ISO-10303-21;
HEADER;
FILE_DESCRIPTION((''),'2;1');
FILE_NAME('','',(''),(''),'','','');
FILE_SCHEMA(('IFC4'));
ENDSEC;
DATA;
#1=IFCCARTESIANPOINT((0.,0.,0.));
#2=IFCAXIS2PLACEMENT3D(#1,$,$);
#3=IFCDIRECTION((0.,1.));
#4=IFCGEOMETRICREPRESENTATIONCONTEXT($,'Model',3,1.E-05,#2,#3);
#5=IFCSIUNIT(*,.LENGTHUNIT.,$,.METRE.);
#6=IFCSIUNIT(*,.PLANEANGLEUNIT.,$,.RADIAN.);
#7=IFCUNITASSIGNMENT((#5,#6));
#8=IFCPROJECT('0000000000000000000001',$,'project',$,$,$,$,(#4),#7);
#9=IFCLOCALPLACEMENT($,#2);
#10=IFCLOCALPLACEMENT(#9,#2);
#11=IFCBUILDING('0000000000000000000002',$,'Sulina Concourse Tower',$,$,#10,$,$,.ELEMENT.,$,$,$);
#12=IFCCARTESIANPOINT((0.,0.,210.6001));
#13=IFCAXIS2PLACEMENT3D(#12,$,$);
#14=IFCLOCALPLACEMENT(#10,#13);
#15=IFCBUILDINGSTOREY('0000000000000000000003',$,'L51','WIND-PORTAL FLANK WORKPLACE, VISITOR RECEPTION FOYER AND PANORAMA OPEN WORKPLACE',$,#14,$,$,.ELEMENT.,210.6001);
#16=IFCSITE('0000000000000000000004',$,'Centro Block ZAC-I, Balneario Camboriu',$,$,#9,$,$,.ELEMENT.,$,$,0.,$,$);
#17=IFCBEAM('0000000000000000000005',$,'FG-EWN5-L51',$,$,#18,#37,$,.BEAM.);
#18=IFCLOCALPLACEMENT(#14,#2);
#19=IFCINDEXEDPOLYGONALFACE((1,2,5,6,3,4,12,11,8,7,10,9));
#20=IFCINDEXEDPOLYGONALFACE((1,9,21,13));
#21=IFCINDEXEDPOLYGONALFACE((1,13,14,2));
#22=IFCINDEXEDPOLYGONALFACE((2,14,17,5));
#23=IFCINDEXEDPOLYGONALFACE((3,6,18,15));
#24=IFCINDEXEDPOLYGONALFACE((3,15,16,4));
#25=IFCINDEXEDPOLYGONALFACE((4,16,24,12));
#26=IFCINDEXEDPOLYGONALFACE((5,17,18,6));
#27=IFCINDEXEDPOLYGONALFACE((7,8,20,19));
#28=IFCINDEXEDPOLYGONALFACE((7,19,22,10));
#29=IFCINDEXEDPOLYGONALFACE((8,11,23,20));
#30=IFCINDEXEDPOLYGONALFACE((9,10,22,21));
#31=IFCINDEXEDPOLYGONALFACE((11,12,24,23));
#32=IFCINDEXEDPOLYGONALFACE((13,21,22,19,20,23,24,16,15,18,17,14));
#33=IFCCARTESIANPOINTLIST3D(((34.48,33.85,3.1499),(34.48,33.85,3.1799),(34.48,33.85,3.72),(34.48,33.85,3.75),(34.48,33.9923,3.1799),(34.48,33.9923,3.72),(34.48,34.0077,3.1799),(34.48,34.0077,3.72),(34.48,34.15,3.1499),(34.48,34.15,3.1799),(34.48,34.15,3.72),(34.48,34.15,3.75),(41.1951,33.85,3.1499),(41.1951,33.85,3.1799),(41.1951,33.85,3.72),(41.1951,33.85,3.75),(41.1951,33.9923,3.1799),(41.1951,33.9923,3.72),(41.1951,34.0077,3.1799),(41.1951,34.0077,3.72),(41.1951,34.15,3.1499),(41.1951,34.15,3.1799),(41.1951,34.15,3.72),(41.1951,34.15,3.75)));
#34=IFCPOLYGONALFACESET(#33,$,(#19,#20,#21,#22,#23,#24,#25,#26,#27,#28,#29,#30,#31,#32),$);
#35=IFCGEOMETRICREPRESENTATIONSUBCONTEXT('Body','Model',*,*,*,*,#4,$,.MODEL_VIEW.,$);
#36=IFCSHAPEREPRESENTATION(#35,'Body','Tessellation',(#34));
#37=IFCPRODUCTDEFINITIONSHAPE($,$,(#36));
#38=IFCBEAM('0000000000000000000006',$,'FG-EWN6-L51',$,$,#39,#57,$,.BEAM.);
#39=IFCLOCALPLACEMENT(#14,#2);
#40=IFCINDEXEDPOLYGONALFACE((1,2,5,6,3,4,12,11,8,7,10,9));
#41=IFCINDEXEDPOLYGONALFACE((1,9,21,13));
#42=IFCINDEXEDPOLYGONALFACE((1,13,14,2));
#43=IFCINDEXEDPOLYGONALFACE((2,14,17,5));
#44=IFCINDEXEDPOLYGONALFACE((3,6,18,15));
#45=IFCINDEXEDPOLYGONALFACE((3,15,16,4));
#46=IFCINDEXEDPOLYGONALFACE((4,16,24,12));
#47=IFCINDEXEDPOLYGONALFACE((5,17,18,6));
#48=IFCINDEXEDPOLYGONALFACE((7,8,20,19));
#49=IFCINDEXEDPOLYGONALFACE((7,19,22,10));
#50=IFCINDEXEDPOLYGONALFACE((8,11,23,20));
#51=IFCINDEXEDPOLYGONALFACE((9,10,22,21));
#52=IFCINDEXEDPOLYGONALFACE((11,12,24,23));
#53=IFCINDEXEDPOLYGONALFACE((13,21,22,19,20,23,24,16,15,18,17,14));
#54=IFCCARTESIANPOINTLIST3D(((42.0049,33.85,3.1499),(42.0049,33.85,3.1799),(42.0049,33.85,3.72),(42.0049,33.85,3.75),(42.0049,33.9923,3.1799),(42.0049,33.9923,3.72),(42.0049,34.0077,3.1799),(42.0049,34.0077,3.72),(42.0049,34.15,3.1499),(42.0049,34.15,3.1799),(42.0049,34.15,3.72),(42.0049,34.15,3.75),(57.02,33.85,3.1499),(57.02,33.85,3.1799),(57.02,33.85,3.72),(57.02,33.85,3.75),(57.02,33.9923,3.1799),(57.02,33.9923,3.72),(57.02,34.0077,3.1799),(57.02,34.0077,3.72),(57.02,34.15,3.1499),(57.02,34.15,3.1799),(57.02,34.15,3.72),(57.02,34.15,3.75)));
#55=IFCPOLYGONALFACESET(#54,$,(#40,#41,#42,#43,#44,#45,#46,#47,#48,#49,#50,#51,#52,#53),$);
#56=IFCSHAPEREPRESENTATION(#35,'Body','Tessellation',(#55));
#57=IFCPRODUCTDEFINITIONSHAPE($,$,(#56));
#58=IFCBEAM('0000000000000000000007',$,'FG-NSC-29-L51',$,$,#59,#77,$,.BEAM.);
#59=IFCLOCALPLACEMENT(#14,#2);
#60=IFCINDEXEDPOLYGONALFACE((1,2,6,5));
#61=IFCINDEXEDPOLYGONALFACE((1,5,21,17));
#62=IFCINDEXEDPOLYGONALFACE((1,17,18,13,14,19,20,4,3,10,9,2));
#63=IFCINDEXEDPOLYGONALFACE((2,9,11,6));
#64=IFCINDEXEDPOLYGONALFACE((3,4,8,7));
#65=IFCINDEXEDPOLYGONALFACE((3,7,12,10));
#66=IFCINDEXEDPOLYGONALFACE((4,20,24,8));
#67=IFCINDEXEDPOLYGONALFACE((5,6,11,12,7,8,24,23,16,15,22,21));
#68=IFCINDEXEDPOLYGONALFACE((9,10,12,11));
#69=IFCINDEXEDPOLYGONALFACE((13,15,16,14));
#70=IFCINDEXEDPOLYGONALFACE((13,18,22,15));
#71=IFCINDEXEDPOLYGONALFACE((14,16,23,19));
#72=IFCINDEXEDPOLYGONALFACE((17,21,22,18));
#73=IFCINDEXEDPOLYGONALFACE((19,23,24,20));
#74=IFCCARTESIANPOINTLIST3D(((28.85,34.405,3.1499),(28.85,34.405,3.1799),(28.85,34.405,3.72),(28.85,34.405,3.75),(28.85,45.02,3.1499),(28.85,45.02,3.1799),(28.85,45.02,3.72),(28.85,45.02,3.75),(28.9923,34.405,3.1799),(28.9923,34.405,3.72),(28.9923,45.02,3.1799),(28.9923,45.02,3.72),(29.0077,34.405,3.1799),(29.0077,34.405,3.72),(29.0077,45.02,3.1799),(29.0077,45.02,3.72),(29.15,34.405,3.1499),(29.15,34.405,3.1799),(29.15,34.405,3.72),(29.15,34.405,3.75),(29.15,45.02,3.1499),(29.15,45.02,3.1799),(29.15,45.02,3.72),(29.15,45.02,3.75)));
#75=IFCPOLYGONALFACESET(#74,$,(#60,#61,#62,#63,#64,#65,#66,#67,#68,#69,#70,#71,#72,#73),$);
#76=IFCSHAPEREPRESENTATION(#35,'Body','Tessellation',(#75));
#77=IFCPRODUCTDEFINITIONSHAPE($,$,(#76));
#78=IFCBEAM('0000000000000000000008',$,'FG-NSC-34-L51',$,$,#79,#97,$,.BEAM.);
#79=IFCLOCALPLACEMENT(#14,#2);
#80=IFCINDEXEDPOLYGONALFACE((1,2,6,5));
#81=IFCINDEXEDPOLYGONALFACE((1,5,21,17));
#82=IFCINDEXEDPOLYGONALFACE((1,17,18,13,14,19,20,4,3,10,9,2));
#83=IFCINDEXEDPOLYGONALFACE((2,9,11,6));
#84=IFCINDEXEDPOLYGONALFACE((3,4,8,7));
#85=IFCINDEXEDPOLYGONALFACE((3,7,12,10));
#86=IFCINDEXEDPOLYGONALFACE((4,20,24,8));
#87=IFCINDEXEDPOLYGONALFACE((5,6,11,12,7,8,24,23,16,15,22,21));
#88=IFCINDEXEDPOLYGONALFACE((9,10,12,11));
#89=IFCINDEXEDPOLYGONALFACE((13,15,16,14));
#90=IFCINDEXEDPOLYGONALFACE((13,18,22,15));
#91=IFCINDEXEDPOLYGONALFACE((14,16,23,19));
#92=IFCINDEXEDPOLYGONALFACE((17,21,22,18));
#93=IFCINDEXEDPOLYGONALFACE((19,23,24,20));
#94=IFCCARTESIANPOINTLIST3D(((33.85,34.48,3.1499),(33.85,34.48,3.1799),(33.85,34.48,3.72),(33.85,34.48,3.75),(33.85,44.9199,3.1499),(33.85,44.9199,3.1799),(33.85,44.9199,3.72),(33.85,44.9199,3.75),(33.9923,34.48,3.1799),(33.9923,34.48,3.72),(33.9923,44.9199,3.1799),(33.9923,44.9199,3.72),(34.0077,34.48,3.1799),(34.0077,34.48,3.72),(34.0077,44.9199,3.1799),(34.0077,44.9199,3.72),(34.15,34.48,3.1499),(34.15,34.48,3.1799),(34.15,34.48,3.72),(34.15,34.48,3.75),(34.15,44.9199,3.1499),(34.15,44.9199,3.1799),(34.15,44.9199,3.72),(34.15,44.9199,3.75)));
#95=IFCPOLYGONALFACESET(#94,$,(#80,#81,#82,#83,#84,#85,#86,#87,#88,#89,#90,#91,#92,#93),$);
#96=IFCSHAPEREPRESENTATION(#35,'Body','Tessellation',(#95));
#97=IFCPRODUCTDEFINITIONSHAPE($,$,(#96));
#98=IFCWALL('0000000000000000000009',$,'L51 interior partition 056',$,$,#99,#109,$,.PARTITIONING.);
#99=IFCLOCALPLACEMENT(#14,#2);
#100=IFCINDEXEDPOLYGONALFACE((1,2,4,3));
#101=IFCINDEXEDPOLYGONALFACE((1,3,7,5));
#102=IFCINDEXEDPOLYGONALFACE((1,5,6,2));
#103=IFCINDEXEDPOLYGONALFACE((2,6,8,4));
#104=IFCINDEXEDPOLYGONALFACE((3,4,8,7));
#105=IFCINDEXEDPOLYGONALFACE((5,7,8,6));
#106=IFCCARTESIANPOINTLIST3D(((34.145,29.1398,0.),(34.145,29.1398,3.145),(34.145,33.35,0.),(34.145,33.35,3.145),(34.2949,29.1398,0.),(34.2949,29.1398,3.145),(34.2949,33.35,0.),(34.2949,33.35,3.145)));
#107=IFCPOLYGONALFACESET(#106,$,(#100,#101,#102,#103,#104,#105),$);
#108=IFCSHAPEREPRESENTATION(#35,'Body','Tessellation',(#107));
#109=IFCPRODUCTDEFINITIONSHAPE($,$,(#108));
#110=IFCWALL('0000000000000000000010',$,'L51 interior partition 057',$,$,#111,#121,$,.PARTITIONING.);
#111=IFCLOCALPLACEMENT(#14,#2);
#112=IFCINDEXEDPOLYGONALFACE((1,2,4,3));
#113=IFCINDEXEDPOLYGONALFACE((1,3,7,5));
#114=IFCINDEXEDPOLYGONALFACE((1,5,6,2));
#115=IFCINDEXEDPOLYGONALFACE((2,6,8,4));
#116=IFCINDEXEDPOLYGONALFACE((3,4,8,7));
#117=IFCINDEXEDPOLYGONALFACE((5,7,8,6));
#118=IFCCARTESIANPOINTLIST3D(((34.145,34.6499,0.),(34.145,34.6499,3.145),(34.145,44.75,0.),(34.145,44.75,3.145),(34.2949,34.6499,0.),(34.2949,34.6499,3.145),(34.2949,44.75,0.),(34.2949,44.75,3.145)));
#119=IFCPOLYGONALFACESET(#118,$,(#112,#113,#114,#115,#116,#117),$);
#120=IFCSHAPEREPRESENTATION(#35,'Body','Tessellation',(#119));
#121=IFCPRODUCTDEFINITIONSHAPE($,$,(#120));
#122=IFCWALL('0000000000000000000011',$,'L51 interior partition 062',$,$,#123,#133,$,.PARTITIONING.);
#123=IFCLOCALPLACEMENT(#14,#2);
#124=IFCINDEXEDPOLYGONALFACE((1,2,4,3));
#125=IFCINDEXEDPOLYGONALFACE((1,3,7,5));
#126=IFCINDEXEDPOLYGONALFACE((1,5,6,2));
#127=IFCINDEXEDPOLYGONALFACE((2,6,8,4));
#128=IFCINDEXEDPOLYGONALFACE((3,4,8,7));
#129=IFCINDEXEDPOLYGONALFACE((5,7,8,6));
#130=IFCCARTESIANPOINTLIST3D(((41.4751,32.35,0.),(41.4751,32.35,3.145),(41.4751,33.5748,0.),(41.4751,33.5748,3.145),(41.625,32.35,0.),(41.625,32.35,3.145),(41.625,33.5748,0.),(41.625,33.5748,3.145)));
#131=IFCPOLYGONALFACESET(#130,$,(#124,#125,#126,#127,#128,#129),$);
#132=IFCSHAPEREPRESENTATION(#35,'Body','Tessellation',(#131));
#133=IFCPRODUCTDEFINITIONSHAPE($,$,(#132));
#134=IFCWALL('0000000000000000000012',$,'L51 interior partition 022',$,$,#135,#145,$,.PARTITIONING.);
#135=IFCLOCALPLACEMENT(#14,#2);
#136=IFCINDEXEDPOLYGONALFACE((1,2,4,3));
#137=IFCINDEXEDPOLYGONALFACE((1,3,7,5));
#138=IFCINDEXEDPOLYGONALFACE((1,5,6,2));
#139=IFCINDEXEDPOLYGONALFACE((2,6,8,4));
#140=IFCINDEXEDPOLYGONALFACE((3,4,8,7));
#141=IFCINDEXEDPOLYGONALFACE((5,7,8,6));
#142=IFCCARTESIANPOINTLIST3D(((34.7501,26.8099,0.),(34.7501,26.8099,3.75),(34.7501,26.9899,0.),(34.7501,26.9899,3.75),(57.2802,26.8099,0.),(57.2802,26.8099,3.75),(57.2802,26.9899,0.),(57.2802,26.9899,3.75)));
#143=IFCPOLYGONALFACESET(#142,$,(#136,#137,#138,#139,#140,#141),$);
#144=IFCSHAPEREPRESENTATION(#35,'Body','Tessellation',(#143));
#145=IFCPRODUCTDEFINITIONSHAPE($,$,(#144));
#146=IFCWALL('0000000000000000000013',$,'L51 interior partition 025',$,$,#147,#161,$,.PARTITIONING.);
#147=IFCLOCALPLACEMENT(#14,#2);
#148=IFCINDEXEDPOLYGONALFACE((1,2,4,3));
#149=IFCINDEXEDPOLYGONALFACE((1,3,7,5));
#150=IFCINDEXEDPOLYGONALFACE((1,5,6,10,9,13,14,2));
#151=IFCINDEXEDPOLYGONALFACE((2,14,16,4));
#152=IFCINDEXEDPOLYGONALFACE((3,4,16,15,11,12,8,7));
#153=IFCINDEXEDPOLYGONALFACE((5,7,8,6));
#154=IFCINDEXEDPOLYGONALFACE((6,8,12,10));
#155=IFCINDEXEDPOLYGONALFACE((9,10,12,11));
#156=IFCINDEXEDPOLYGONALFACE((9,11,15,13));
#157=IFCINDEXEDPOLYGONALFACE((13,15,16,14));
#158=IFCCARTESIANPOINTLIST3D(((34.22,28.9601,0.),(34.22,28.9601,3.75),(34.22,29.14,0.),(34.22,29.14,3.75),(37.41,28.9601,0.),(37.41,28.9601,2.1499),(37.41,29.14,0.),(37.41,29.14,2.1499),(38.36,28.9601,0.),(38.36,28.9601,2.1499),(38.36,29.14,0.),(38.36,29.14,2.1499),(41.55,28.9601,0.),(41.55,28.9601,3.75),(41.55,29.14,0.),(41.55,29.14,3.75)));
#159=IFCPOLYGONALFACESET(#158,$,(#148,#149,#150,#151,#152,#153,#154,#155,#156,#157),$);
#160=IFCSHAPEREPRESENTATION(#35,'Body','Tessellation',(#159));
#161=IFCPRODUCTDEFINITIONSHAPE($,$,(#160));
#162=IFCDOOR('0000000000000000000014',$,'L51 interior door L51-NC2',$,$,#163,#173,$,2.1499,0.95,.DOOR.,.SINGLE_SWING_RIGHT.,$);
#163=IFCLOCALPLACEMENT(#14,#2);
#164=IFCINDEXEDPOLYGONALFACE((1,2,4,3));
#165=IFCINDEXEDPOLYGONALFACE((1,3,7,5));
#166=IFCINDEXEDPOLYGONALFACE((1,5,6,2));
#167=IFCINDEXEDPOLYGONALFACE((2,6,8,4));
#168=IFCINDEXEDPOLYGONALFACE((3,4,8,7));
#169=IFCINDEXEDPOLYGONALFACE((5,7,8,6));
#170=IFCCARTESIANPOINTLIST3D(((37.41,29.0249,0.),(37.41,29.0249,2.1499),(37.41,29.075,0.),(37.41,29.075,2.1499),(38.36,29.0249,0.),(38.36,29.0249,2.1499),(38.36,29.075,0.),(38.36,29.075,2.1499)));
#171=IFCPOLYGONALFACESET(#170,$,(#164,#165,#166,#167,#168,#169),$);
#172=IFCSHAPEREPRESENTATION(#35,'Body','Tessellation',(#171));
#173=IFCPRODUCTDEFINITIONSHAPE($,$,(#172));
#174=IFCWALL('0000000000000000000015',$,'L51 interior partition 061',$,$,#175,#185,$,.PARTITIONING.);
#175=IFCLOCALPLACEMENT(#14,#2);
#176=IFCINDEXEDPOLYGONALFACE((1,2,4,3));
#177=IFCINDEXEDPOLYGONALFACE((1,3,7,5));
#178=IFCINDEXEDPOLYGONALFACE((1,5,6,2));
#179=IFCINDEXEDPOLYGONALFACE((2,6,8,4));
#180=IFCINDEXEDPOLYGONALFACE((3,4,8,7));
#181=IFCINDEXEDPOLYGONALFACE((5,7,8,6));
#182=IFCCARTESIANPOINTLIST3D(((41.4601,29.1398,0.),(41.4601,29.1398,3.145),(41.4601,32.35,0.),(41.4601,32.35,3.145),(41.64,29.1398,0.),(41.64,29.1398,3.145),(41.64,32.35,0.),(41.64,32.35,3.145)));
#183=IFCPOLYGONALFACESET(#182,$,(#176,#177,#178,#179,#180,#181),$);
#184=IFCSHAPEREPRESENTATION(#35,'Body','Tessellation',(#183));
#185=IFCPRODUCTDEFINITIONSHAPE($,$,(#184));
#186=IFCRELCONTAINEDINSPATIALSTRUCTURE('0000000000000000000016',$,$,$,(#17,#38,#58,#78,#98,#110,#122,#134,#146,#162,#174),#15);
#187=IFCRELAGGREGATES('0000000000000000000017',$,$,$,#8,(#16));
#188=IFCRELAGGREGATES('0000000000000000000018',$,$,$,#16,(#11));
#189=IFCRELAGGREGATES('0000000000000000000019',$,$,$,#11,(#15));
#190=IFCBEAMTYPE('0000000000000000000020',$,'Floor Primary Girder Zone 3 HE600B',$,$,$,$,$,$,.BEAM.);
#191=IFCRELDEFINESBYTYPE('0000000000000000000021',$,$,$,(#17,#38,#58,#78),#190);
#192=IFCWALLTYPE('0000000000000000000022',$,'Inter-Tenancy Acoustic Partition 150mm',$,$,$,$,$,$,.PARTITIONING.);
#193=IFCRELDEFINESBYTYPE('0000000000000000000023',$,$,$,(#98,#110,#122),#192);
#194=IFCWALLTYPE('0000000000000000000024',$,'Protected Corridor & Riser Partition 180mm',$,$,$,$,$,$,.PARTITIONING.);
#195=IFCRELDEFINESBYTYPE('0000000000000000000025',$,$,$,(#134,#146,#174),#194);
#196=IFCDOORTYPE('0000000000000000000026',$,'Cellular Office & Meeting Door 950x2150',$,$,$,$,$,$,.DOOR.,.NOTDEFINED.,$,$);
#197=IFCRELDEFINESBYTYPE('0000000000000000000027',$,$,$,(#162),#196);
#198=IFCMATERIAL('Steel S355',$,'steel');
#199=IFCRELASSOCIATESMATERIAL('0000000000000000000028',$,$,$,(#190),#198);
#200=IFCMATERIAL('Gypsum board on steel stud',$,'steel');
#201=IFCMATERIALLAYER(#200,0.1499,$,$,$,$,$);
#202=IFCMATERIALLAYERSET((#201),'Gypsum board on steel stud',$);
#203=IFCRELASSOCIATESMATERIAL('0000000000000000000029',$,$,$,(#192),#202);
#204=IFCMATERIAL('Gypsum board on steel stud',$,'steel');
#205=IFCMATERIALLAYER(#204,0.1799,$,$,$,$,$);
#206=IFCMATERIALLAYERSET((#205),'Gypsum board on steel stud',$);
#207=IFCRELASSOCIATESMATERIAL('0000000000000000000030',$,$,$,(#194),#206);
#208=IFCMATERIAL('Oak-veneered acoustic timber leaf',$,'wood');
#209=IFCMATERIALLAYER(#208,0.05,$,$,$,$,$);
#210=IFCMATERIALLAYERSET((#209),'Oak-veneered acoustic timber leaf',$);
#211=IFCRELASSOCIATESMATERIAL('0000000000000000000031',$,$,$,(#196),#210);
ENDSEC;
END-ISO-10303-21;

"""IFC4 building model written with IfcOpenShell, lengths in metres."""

from ifc_helpers import new_model, si_unit, direction, frame, frame_2d, origin, origin_2d, place, context, subcontext, project, spatial, rectangle, i_section, extrude, material, layer, layer_set, material_profile, profile_set, type_object, element, fill, save


model = new_model("IFC4")

# Units and contexts
model_context = context("Model", 3, precision=1e-05, world=origin(), true_north=direction((0.0, 1.0)))
body_context = subcontext(model_context, "Body", "Model", "MODEL_VIEW")
ifc_project = project(units=[si_unit("LENGTHUNIT", "METRE"), si_unit("PLANEANGLEUNIT", "RADIAN")], contexts=[model_context])

# Site, building, storey
site_placement = place(None, origin())
site = spatial("IfcSite", under=ifc_project, at=site_placement, Name="Centro Block ZAC-I, Balneario Camboriu", CompositionType="ELEMENT", RefElevation=0.0)
building_placement = place(site_placement, origin())
building = spatial("IfcBuilding", under=site, at=building_placement, Name="Sulina Concourse Tower", CompositionType="ELEMENT")
storey_placement = place(building_placement, frame((0.0, 0.0, 210.6001)))
storey = spatial("IfcBuildingStorey", under=building, at=storey_placement, Name="L51", Description="WIND-PORTAL FLANK WORKPLACE, VISITOR RECEPTION FOYER AND PANORAMA OPEN WORKPLACE", CompositionType="ELEMENT", Elevation=210.6001)

# Beams
ifc_material_1 = material(Name="Steel S355", Category="steel")
ifc_material_profile_1 = material_profile(ifc_material_1, i_section(OverallWidth=0.3, OverallDepth=0.6001, WebThickness=0.0154, FlangeThickness=0.03, at=origin_2d()), Name="HE 600 B")
ifc_profile_set_1 = profile_set([ifc_material_profile_1], Name="Steel S355")
beam_type_1 = type_object("IfcBeamType", Name="Floor Primary Girder Zone 3 HE600B", PredefinedType="BEAM", material=ifc_profile_set_1)
beam_1_placement = place(storey_placement, frame((34.48, 34.0, 3.45), z_axis=(1.0, 0.0, 0.0), x_axis=(0.0, 1.0, 0.0)))
element("IfcBeam", 1, at=beam_1_placement, inside=storey, type_object=beam_type_1, Name="FG-EWN5-L51", PredefinedType="BEAM", context=body_context, shape_type="SweptSolid", body=[
    extrude(i_section(OverallWidth=0.3, OverallDepth=0.6001, WebThickness=0.0154, FlangeThickness=0.03, at=origin_2d()), origin(), (0.0, 0.0, 1.0), 6.7151),
])
beam_2_placement = place(storey_placement, frame((42.0049, 34.0, 3.45), z_axis=(1.0, 0.0, 0.0), x_axis=(0.0, 1.0, 0.0)))
element("IfcBeam", 2, at=beam_2_placement, inside=storey, type_object=beam_type_1, Name="FG-EWN6-L51", PredefinedType="BEAM", context=body_context, shape_type="SweptSolid", body=[
    extrude(i_section(OverallWidth=0.3, OverallDepth=0.6001, WebThickness=0.0154, FlangeThickness=0.03, at=origin_2d()), origin(), (0.0, 0.0, 1.0), 15.0151),
])
beam_3_placement = place(storey_placement, frame((29.0, 34.405, 3.45), z_axis=(0.0, 1.0, 0.0), x_axis=(-1.0, 0.0, 0.0)))
element("IfcBeam", 3, at=beam_3_placement, inside=storey, type_object=beam_type_1, Name="FG-NSC-29-L51", PredefinedType="BEAM", context=body_context, shape_type="SweptSolid", body=[
    extrude(i_section(OverallWidth=0.3, OverallDepth=0.6001, WebThickness=0.0154, FlangeThickness=0.03, at=origin_2d()), origin(), (0.0, 0.0, 1.0), 10.615),
])
beam_4_placement = place(storey_placement, frame((34.0, 34.48, 3.45), z_axis=(0.0, 1.0, 0.0), x_axis=(-1.0, 0.0, 0.0)))
element("IfcBeam", 4, at=beam_4_placement, inside=storey, type_object=beam_type_1, Name="FG-NSC-34-L51", PredefinedType="BEAM", context=body_context, shape_type="SweptSolid", body=[
    extrude(i_section(OverallWidth=0.3, OverallDepth=0.6001, WebThickness=0.0154, FlangeThickness=0.03, at=origin_2d()), origin(), (0.0, 0.0, 1.0), 10.4399),
])

# Walls
ifc_material_2 = material(Name="Gypsum board on steel stud", Category="steel")
ifc_layer_1 = layer(ifc_material_2, 0.1499)
ifc_layer_set_1 = layer_set([ifc_layer_1], Name="Gypsum board on steel stud")
wall_type_1 = type_object("IfcWallType", Name="Inter-Tenancy Acoustic Partition 150mm", PredefinedType="PARTITIONING", material=ifc_layer_set_1)
wall_1_placement = place(storey_placement, frame((34.22, 29.1399, 0.0), z_axis=(0.0, 0.0, 1.0), x_axis=(0.0, 1.0, 0.0)))
element("IfcWall", 5, at=wall_1_placement, inside=storey, type_object=wall_type_1, Name="L51 interior partition 056", PredefinedType="PARTITIONING", context=body_context, shape_type="SweptSolid", body=[
    extrude(rectangle(XDim=4.2102, YDim=0.1499, at=frame_2d((2.105, 0.0))), origin(), (0.0, 0.0, 1.0), 3.145),
])
wall_2_placement = place(storey_placement, frame((34.22, 34.6499, 0.0), z_axis=(0.0, 0.0, 1.0), x_axis=(0.0, 1.0, 0.0)))
element("IfcWall", 6, at=wall_2_placement, inside=storey, type_object=wall_type_1, Name="L51 interior partition 057", PredefinedType="PARTITIONING", context=body_context, shape_type="SweptSolid", body=[
    extrude(rectangle(XDim=10.1001, YDim=0.1499, at=frame_2d((5.05, 0.0))), origin(), (0.0, 0.0, 1.0), 3.145),
])
wall_3_placement = place(storey_placement, frame((41.55, 32.3501, 0.0), z_axis=(0.0, 0.0, 1.0), x_axis=(0.0, 1.0, 0.0)))
element("IfcWall", 7, at=wall_3_placement, inside=storey, type_object=wall_type_1, Name="L51 interior partition 062", PredefinedType="PARTITIONING", context=body_context, shape_type="SweptSolid", body=[
    extrude(rectangle(XDim=1.2249, YDim=0.1499, at=frame_2d((0.6123, 0.0))), origin(), (0.0, 0.0, 1.0), 3.145),
])
ifc_material_3 = material(Name="Gypsum board on steel stud", Category="steel")
ifc_layer_2 = layer(ifc_material_3, 0.1799)
ifc_layer_set_2 = layer_set([ifc_layer_2], Name="Gypsum board on steel stud")
wall_type_2 = type_object("IfcWallType", Name="Protected Corridor & Riser Partition 180mm", PredefinedType="PARTITIONING", material=ifc_layer_set_2)
wall_4_placement = place(storey_placement, frame((34.75, 26.8999, 0.0), z_axis=(0.0, 0.0, 1.0), x_axis=(1.0, 0.0, 0.0)))
element("IfcWall", 8, at=wall_4_placement, inside=storey, type_object=wall_type_2, Name="L51 interior partition 022", PredefinedType="PARTITIONING", context=body_context, shape_type="SweptSolid", body=[
    extrude(rectangle(XDim=22.53, YDim=0.1799, at=frame_2d((11.2651, 0.0))), origin(), (0.0, 0.0, 1.0), 3.75),
])

# Wall, opening, door
wall_5_placement = place(storey_placement, frame((34.22, 29.05, 0.0), z_axis=(0.0, 0.0, 1.0), x_axis=(1.0, 0.0, 0.0)))
wall_5 = element("IfcWall", 9, at=wall_5_placement, inside=storey, type_object=wall_type_2, Name="L51 interior partition 025", PredefinedType="PARTITIONING", context=body_context, shape_type="SweptSolid", body=[
    extrude(rectangle(XDim=7.3301, YDim=0.1799, at=frame_2d((3.665, 0.0))), origin(), (0.0, 0.0, 1.0), 3.75),
])
opening_1_placement = place(wall_5_placement, frame((3.1899, 0.0, 0.0)))
opening_1 = element("IfcOpeningElement", 10, at=opening_1_placement, cuts=wall_5, PredefinedType="OPENING", context=body_context, shape_type="SweptSolid", body=[
    extrude(rectangle(XDim=0.95, YDim=2.1499, at=frame_2d((0.4751, 1.075))), frame((0.0, 0.0999, 0.0), z_axis=(0.0, -1.0, 0.0), x_axis=(1.0, 0.0, 0.0)), (0.0, 0.0, 1.0), 0.2),
])
ifc_material_4 = material(Name="Oak-veneered acoustic timber leaf", Category="wood")
ifc_layer_3 = layer(ifc_material_4, 0.05)
ifc_layer_set_3 = layer_set([ifc_layer_3], Name="Oak-veneered acoustic timber leaf")
door_type_1 = type_object("IfcDoorType", Name="Cellular Office & Meeting Door 950x2150", OperationType="NOTDEFINED", PredefinedType="DOOR", material=ifc_layer_set_3)
door_1_placement = place(opening_1_placement, origin())
door_1 = element("IfcDoor", 11, at=door_1_placement, inside=storey, type_object=door_type_1, Name="L51 interior door L51-NC2", OperationType="SINGLE_SWING_RIGHT", OverallHeight=2.1499, OverallWidth=0.95, PredefinedType="DOOR", context=body_context, shape_type="SweptSolid", body=[
    extrude(rectangle(XDim=0.95, YDim=2.1499, at=frame_2d((0.4751, 1.075))), frame((0.0, 0.0249, 0.0), z_axis=(0.0, -1.0, 0.0), x_axis=(1.0, 0.0, 0.0)), (0.0, 0.0, 1.0), 0.05),
])
fill(opening_1, door_1)

# Wall
wall_6_placement = place(storey_placement, frame((41.55, 29.1399, 0.0), z_axis=(0.0, 0.0, 1.0), x_axis=(0.0, 1.0, 0.0)))
element("IfcWall", 12, at=wall_6_placement, inside=storey, type_object=wall_type_2, Name="L51 interior partition 061", PredefinedType="PARTITIONING", context=body_context, shape_type="SweptSolid", body=[
    extrude(rectangle(XDim=3.2102, YDim=0.1799, at=frame_2d((1.605, 0.0))), origin(), (0.0, 0.0, 1.0), 3.145),
])

save(model, "model.ifc")
